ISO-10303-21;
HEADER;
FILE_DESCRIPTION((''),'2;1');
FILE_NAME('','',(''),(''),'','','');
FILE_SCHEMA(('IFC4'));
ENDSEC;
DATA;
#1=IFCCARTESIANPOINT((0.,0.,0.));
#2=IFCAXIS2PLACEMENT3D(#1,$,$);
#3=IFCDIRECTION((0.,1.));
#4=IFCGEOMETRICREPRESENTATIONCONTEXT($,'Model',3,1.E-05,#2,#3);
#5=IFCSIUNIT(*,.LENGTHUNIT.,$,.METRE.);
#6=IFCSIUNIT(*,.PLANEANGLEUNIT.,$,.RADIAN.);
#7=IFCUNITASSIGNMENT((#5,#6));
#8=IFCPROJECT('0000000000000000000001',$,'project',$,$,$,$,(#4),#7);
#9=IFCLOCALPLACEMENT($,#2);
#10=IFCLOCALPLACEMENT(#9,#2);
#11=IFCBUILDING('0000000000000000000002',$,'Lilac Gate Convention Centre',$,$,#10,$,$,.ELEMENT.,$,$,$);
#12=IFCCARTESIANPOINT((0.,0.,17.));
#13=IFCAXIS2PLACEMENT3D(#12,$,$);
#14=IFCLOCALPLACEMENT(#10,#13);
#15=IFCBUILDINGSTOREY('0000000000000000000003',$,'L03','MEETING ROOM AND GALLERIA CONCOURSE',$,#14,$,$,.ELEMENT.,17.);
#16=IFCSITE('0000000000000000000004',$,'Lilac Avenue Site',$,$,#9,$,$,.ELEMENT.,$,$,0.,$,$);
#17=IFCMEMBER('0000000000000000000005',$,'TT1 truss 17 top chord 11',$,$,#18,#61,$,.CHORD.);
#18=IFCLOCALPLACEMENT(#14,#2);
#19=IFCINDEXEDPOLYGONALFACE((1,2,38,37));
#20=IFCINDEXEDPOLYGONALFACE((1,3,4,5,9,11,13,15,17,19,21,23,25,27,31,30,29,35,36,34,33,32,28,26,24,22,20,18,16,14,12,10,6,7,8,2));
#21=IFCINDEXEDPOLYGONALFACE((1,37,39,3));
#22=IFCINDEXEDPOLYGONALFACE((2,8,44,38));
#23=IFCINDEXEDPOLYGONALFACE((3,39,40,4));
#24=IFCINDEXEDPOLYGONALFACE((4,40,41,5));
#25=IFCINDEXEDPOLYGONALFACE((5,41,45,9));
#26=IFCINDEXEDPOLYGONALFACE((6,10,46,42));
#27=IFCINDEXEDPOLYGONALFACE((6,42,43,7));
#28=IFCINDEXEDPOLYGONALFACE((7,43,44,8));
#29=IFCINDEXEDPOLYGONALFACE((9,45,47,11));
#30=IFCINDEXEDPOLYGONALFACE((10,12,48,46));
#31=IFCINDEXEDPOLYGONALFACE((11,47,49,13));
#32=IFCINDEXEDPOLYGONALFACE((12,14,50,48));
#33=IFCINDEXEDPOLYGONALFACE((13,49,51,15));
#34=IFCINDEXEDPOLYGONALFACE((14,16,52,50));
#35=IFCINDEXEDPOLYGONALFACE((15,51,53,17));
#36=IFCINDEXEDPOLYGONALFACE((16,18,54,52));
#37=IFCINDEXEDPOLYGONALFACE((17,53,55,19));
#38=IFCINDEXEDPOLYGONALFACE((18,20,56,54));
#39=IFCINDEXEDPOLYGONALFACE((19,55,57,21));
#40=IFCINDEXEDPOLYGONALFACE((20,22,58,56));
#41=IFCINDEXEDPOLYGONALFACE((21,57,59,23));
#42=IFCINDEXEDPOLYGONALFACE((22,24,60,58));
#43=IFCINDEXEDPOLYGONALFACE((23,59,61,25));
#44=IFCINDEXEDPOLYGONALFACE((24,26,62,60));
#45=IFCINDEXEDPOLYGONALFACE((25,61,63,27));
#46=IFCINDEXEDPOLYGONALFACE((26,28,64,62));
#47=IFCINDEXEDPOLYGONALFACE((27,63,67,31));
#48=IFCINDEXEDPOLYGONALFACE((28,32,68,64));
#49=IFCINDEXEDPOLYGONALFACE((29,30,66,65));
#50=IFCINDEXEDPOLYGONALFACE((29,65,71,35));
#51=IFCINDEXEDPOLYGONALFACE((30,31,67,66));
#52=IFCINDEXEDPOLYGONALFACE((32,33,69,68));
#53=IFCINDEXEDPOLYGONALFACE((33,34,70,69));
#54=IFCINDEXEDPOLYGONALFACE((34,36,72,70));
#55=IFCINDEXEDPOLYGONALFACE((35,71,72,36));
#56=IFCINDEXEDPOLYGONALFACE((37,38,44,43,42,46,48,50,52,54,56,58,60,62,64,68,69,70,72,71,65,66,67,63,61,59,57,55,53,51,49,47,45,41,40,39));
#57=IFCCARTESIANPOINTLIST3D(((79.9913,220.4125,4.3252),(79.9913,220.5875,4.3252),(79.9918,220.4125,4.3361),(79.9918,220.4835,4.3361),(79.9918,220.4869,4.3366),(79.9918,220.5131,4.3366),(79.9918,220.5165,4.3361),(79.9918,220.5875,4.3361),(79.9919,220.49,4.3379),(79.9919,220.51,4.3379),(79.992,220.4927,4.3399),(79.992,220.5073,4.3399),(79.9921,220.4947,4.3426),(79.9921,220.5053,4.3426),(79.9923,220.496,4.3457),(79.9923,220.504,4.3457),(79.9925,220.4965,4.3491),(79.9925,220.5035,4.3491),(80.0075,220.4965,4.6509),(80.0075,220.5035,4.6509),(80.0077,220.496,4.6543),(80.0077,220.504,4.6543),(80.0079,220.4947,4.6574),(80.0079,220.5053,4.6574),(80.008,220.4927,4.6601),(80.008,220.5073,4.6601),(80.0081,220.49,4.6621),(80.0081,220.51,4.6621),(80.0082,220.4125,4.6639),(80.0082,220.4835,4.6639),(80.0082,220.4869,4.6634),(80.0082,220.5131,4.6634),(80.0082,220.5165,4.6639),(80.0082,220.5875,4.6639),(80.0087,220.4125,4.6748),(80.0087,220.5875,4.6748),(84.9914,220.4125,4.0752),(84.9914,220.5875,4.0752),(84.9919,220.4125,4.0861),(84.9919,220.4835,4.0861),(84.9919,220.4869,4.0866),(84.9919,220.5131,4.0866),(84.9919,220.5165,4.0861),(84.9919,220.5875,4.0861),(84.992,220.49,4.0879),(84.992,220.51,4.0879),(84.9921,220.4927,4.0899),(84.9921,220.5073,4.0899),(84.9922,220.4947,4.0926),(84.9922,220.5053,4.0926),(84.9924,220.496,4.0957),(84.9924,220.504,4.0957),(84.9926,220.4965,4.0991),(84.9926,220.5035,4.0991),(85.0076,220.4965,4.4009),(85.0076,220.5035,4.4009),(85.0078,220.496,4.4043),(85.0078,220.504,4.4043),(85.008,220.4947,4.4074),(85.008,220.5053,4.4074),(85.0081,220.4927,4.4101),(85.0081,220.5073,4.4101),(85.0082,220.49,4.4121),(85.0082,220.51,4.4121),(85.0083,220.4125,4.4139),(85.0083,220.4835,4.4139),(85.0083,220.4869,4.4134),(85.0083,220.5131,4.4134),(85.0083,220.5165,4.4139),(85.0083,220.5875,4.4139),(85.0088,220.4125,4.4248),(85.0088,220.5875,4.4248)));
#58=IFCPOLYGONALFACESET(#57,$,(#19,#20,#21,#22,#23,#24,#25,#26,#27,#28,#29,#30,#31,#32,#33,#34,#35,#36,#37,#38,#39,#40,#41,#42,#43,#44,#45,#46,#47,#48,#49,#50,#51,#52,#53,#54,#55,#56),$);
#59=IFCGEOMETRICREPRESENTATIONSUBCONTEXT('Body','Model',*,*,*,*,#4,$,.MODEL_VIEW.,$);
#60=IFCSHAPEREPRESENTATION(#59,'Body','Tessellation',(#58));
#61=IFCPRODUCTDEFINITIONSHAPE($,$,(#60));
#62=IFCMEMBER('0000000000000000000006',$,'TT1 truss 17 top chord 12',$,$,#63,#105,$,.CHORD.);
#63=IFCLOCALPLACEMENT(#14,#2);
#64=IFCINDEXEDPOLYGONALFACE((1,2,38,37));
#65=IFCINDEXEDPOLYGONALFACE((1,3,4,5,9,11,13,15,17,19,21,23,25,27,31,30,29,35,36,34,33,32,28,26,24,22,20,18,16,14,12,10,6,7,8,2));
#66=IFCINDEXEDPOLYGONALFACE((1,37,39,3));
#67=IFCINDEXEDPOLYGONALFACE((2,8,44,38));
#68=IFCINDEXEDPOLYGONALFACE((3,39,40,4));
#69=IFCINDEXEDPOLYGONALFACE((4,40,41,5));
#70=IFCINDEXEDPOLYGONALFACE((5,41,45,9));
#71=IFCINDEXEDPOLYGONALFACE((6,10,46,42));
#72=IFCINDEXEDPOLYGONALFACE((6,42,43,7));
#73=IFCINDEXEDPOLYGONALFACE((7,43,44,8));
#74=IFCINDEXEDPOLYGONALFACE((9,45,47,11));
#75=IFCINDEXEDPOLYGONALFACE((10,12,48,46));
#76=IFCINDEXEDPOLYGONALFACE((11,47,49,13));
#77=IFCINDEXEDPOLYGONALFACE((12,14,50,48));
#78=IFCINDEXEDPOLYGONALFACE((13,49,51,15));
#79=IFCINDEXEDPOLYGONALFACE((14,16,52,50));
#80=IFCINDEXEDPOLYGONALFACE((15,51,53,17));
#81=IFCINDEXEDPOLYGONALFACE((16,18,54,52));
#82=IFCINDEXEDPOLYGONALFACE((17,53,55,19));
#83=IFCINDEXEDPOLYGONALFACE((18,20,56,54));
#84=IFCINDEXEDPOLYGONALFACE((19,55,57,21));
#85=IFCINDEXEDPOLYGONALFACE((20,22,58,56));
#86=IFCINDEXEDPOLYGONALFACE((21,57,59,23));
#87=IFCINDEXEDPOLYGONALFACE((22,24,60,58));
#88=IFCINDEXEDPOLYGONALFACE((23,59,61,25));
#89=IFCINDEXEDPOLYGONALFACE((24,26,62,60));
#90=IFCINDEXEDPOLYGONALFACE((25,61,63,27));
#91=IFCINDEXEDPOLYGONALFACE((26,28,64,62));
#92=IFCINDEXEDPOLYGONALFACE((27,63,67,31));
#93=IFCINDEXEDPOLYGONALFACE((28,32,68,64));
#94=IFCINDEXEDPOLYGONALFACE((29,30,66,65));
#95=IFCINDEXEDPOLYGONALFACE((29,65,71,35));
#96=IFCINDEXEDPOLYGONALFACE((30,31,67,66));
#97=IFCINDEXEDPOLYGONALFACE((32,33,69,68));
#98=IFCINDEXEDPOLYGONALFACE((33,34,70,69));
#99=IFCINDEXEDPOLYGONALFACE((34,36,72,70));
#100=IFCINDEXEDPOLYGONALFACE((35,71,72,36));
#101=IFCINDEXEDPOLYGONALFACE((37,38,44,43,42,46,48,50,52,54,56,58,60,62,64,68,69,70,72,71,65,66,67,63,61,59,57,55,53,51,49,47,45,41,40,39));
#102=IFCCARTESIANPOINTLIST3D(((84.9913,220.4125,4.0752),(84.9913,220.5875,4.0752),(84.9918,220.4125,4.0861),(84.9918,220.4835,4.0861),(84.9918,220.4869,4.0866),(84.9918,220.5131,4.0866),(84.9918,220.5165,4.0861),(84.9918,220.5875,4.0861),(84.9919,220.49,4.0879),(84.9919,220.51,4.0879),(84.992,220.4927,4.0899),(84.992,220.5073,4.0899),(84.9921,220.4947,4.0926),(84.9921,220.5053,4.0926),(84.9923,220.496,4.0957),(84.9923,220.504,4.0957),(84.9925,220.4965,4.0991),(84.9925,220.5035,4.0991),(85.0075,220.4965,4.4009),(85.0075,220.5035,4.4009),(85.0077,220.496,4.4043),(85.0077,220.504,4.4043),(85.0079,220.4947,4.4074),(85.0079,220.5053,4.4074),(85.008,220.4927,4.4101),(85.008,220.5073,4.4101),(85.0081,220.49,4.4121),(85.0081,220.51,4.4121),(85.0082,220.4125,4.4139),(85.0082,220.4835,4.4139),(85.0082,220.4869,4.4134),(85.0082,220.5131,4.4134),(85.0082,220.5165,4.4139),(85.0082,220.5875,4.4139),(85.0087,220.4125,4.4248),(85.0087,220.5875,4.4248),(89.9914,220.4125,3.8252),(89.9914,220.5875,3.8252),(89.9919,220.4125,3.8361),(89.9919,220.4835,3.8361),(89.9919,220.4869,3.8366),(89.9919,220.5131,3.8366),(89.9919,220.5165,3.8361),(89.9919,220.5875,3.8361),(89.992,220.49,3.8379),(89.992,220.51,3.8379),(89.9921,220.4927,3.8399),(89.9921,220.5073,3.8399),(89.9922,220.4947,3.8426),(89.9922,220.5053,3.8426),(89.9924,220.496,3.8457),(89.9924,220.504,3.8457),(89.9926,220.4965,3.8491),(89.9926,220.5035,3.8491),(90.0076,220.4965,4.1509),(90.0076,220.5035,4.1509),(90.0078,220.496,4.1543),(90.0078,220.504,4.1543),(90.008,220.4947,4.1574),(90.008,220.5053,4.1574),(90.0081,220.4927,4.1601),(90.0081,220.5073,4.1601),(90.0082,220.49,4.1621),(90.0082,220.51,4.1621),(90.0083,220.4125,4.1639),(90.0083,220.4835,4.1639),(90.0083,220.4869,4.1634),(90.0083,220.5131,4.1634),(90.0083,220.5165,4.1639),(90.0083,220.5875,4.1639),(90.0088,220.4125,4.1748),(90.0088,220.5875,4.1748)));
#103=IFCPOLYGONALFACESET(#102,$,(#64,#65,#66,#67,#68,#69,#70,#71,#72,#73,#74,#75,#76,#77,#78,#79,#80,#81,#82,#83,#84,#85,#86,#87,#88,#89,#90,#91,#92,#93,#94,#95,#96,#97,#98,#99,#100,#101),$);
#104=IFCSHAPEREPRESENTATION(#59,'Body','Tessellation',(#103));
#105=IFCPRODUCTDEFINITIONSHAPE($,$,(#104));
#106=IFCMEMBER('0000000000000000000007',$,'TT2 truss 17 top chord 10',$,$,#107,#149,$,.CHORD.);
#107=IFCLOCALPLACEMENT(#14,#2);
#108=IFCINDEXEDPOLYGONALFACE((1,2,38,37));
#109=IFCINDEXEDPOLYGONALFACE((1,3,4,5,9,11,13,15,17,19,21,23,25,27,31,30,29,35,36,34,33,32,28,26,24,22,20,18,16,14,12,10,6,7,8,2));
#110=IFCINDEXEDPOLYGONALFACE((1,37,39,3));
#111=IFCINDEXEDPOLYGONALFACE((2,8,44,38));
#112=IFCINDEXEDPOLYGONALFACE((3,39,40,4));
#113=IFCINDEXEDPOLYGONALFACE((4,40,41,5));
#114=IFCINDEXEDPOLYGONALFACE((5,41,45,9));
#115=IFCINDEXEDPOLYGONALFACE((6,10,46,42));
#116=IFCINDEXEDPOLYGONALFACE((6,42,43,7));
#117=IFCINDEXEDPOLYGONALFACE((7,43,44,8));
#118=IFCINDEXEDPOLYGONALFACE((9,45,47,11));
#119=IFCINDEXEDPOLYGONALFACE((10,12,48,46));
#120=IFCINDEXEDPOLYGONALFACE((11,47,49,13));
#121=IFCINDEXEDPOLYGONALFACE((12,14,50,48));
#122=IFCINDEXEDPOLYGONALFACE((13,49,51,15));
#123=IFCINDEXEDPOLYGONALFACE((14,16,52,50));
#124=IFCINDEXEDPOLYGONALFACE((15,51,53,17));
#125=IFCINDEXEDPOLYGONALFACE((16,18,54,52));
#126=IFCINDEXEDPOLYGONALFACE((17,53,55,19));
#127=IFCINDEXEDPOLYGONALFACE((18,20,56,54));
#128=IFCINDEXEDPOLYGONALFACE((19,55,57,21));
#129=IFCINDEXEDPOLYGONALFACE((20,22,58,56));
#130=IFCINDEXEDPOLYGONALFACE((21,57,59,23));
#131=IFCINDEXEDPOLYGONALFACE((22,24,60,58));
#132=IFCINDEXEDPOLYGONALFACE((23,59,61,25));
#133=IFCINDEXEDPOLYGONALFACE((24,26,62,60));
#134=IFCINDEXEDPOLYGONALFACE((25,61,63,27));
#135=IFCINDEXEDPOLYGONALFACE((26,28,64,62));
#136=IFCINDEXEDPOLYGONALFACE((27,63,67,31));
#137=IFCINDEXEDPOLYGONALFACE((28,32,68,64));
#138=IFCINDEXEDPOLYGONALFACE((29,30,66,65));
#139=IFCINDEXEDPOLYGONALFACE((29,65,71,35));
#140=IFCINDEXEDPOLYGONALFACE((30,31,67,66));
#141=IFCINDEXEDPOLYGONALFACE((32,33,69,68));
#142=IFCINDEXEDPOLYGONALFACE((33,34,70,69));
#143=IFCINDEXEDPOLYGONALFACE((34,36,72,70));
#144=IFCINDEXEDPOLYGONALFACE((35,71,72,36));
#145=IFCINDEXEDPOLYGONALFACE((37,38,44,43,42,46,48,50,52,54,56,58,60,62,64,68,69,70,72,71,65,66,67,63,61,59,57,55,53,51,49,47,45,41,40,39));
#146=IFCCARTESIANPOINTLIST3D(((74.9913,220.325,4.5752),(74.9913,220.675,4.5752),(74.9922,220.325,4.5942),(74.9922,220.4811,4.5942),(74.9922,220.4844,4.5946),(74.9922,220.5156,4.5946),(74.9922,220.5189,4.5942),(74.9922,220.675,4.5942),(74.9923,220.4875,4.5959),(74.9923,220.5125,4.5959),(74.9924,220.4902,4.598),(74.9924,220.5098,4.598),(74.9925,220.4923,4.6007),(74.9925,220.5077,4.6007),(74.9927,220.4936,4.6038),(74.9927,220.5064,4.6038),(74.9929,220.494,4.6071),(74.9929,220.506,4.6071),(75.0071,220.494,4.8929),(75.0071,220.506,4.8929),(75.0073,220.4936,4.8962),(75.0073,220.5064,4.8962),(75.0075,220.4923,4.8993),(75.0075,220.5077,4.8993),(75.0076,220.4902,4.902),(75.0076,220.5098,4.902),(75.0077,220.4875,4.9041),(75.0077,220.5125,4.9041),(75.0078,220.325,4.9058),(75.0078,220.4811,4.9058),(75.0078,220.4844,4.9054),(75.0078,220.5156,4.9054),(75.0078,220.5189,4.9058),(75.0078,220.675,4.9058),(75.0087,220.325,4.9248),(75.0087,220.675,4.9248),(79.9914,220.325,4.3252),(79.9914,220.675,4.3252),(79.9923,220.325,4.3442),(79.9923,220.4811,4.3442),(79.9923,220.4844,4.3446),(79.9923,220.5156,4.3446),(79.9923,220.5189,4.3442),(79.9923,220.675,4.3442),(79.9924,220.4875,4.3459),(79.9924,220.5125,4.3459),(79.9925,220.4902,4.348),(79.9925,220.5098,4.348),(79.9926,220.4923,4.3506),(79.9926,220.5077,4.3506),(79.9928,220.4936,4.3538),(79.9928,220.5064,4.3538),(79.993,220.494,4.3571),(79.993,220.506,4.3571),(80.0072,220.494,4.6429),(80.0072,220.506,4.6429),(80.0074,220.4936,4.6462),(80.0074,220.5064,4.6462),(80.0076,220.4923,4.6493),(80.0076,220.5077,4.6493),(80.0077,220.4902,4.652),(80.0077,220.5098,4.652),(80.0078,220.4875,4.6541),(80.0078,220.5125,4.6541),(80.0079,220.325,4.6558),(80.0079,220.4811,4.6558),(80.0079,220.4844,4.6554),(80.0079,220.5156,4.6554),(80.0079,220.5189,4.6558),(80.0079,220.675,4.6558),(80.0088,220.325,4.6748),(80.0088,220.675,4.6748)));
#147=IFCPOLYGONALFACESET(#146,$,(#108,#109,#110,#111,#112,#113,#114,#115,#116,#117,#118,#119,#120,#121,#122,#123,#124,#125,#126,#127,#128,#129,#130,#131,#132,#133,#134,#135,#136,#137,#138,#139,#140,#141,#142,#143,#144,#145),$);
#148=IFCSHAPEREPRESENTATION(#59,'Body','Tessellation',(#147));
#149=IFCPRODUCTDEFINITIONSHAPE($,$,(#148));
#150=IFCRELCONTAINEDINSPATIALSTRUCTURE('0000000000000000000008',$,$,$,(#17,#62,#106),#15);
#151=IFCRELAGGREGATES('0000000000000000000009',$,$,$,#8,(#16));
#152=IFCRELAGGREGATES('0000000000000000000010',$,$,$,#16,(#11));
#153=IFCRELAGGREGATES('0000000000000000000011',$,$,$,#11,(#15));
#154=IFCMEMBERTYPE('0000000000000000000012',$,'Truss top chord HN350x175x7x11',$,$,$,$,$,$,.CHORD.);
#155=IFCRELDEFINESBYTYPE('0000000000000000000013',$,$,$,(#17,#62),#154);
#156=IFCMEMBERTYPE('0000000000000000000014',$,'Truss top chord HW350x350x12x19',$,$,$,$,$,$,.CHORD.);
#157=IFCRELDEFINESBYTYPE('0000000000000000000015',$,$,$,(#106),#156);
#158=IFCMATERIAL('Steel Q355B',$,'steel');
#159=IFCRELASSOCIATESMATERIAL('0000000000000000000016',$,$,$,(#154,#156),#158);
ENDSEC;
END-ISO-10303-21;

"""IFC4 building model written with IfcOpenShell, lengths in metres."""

from ifc_helpers import new_model, si_unit, direction, frame, origin, origin_2d, place, context, subcontext, project, spatial, i_section, extrude, material, material_profile, profile_set, type_object, element, save


model = new_model("IFC4")

# Units and contexts
model_context = context("Model", 3, precision=1e-05, world=origin(), true_north=direction((0.0, 1.0)))
body_context = subcontext(model_context, "Body", "Model", "MODEL_VIEW")
ifc_project = project(units=[si_unit("LENGTHUNIT", "METRE"), si_unit("PLANEANGLEUNIT", "RADIAN")], contexts=[model_context])

# Site, building, storey
site_placement = place(None, origin())
site = spatial("IfcSite", under=ifc_project, at=site_placement, Name="Lilac Avenue Site", CompositionType="ELEMENT", RefElevation=0.0)
building_placement = place(site_placement, origin())
building = spatial("IfcBuilding", under=site, at=building_placement, Name="Lilac Gate Convention Centre", CompositionType="ELEMENT")
storey_placement = place(building_placement, frame((0.0, 0.0, 17.0)))
storey = spatial("IfcBuildingStorey", under=building, at=storey_placement, Name="L03", Description="MEETING ROOM AND GALLERIA CONCOURSE", CompositionType="ELEMENT", Elevation=17.0)

# Members
ifc_material = material(Name="Steel Q355B", Category="steel")
ifc_material_profile_1 = material_profile(ifc_material, i_section(OverallWidth=0.175, OverallDepth=0.3501, WebThickness=0.0071, FlangeThickness=0.011, FilletRadius=0.0129, at=origin_2d()), Name="HN350x175x7x11")
ifc_profile_set_1 = profile_set([ifc_material_profile_1], Name="Steel Q355B")
member_type_1 = type_object("IfcMemberType", Name="Truss top chord HN350x175x7x11", PredefinedType="CHORD", material=ifc_profile_set_1)
for number, where, z_axis, x_axis, name in (
    (1, (80.0, 220.5, 4.5), (0.998752, 0.0, -0.049938), (0.0, 1.0, 0.0), "TT1 truss 17 top chord 11"),
    (2, (85.0, 220.5, 4.25), (0.998752, 0.0, -0.049938), (0.0, 1.0, 0.0), "TT1 truss 17 top chord 12"),
):
    element("IfcMember", number, at=place(storey_placement, frame(where, z_axis=z_axis, x_axis=x_axis)), inside=storey, type_object=member_type_1, Name=name, PredefinedType="CHORD", context=body_context, shape_type="SweptSolid", body=[
        extrude(i_section(OverallWidth=0.175, OverallDepth=0.3501, WebThickness=0.0071, FlangeThickness=0.011, FilletRadius=0.0129, at=origin_2d()), origin(), (0.0, 0.0, 1.0), 5.0063),
    ])
ifc_material_profile_2 = material_profile(ifc_material, i_section(OverallWidth=0.3501, OverallDepth=0.3501, WebThickness=0.012, FlangeThickness=0.019, FilletRadius=0.0129, at=origin_2d()), Name="HW350x350x12x19")
ifc_profile_set_2 = profile_set([ifc_material_profile_2], Name="Steel Q355B")
member_type_2 = type_object("IfcMemberType", Name="Truss top chord HW350x350x12x19", PredefinedType="CHORD", material=ifc_profile_set_2)
member_1_placement = place(storey_placement, frame((75.0, 220.5, 4.75), z_axis=(0.998752, 0.0, -0.049938), x_axis=(0.0, 1.0, 0.0)))
element("IfcMember", 3, at=member_1_placement, inside=storey, type_object=member_type_2, Name="TT2 truss 17 top chord 10", PredefinedType="CHORD", context=body_context, shape_type="SweptSolid", body=[
    extrude(i_section(OverallWidth=0.3501, OverallDepth=0.3501, WebThickness=0.012, FlangeThickness=0.019, FilletRadius=0.0129, at=origin_2d()), origin(), (0.0, 0.0, 1.0), 5.0063),
])

save(model, "model.ifc")
